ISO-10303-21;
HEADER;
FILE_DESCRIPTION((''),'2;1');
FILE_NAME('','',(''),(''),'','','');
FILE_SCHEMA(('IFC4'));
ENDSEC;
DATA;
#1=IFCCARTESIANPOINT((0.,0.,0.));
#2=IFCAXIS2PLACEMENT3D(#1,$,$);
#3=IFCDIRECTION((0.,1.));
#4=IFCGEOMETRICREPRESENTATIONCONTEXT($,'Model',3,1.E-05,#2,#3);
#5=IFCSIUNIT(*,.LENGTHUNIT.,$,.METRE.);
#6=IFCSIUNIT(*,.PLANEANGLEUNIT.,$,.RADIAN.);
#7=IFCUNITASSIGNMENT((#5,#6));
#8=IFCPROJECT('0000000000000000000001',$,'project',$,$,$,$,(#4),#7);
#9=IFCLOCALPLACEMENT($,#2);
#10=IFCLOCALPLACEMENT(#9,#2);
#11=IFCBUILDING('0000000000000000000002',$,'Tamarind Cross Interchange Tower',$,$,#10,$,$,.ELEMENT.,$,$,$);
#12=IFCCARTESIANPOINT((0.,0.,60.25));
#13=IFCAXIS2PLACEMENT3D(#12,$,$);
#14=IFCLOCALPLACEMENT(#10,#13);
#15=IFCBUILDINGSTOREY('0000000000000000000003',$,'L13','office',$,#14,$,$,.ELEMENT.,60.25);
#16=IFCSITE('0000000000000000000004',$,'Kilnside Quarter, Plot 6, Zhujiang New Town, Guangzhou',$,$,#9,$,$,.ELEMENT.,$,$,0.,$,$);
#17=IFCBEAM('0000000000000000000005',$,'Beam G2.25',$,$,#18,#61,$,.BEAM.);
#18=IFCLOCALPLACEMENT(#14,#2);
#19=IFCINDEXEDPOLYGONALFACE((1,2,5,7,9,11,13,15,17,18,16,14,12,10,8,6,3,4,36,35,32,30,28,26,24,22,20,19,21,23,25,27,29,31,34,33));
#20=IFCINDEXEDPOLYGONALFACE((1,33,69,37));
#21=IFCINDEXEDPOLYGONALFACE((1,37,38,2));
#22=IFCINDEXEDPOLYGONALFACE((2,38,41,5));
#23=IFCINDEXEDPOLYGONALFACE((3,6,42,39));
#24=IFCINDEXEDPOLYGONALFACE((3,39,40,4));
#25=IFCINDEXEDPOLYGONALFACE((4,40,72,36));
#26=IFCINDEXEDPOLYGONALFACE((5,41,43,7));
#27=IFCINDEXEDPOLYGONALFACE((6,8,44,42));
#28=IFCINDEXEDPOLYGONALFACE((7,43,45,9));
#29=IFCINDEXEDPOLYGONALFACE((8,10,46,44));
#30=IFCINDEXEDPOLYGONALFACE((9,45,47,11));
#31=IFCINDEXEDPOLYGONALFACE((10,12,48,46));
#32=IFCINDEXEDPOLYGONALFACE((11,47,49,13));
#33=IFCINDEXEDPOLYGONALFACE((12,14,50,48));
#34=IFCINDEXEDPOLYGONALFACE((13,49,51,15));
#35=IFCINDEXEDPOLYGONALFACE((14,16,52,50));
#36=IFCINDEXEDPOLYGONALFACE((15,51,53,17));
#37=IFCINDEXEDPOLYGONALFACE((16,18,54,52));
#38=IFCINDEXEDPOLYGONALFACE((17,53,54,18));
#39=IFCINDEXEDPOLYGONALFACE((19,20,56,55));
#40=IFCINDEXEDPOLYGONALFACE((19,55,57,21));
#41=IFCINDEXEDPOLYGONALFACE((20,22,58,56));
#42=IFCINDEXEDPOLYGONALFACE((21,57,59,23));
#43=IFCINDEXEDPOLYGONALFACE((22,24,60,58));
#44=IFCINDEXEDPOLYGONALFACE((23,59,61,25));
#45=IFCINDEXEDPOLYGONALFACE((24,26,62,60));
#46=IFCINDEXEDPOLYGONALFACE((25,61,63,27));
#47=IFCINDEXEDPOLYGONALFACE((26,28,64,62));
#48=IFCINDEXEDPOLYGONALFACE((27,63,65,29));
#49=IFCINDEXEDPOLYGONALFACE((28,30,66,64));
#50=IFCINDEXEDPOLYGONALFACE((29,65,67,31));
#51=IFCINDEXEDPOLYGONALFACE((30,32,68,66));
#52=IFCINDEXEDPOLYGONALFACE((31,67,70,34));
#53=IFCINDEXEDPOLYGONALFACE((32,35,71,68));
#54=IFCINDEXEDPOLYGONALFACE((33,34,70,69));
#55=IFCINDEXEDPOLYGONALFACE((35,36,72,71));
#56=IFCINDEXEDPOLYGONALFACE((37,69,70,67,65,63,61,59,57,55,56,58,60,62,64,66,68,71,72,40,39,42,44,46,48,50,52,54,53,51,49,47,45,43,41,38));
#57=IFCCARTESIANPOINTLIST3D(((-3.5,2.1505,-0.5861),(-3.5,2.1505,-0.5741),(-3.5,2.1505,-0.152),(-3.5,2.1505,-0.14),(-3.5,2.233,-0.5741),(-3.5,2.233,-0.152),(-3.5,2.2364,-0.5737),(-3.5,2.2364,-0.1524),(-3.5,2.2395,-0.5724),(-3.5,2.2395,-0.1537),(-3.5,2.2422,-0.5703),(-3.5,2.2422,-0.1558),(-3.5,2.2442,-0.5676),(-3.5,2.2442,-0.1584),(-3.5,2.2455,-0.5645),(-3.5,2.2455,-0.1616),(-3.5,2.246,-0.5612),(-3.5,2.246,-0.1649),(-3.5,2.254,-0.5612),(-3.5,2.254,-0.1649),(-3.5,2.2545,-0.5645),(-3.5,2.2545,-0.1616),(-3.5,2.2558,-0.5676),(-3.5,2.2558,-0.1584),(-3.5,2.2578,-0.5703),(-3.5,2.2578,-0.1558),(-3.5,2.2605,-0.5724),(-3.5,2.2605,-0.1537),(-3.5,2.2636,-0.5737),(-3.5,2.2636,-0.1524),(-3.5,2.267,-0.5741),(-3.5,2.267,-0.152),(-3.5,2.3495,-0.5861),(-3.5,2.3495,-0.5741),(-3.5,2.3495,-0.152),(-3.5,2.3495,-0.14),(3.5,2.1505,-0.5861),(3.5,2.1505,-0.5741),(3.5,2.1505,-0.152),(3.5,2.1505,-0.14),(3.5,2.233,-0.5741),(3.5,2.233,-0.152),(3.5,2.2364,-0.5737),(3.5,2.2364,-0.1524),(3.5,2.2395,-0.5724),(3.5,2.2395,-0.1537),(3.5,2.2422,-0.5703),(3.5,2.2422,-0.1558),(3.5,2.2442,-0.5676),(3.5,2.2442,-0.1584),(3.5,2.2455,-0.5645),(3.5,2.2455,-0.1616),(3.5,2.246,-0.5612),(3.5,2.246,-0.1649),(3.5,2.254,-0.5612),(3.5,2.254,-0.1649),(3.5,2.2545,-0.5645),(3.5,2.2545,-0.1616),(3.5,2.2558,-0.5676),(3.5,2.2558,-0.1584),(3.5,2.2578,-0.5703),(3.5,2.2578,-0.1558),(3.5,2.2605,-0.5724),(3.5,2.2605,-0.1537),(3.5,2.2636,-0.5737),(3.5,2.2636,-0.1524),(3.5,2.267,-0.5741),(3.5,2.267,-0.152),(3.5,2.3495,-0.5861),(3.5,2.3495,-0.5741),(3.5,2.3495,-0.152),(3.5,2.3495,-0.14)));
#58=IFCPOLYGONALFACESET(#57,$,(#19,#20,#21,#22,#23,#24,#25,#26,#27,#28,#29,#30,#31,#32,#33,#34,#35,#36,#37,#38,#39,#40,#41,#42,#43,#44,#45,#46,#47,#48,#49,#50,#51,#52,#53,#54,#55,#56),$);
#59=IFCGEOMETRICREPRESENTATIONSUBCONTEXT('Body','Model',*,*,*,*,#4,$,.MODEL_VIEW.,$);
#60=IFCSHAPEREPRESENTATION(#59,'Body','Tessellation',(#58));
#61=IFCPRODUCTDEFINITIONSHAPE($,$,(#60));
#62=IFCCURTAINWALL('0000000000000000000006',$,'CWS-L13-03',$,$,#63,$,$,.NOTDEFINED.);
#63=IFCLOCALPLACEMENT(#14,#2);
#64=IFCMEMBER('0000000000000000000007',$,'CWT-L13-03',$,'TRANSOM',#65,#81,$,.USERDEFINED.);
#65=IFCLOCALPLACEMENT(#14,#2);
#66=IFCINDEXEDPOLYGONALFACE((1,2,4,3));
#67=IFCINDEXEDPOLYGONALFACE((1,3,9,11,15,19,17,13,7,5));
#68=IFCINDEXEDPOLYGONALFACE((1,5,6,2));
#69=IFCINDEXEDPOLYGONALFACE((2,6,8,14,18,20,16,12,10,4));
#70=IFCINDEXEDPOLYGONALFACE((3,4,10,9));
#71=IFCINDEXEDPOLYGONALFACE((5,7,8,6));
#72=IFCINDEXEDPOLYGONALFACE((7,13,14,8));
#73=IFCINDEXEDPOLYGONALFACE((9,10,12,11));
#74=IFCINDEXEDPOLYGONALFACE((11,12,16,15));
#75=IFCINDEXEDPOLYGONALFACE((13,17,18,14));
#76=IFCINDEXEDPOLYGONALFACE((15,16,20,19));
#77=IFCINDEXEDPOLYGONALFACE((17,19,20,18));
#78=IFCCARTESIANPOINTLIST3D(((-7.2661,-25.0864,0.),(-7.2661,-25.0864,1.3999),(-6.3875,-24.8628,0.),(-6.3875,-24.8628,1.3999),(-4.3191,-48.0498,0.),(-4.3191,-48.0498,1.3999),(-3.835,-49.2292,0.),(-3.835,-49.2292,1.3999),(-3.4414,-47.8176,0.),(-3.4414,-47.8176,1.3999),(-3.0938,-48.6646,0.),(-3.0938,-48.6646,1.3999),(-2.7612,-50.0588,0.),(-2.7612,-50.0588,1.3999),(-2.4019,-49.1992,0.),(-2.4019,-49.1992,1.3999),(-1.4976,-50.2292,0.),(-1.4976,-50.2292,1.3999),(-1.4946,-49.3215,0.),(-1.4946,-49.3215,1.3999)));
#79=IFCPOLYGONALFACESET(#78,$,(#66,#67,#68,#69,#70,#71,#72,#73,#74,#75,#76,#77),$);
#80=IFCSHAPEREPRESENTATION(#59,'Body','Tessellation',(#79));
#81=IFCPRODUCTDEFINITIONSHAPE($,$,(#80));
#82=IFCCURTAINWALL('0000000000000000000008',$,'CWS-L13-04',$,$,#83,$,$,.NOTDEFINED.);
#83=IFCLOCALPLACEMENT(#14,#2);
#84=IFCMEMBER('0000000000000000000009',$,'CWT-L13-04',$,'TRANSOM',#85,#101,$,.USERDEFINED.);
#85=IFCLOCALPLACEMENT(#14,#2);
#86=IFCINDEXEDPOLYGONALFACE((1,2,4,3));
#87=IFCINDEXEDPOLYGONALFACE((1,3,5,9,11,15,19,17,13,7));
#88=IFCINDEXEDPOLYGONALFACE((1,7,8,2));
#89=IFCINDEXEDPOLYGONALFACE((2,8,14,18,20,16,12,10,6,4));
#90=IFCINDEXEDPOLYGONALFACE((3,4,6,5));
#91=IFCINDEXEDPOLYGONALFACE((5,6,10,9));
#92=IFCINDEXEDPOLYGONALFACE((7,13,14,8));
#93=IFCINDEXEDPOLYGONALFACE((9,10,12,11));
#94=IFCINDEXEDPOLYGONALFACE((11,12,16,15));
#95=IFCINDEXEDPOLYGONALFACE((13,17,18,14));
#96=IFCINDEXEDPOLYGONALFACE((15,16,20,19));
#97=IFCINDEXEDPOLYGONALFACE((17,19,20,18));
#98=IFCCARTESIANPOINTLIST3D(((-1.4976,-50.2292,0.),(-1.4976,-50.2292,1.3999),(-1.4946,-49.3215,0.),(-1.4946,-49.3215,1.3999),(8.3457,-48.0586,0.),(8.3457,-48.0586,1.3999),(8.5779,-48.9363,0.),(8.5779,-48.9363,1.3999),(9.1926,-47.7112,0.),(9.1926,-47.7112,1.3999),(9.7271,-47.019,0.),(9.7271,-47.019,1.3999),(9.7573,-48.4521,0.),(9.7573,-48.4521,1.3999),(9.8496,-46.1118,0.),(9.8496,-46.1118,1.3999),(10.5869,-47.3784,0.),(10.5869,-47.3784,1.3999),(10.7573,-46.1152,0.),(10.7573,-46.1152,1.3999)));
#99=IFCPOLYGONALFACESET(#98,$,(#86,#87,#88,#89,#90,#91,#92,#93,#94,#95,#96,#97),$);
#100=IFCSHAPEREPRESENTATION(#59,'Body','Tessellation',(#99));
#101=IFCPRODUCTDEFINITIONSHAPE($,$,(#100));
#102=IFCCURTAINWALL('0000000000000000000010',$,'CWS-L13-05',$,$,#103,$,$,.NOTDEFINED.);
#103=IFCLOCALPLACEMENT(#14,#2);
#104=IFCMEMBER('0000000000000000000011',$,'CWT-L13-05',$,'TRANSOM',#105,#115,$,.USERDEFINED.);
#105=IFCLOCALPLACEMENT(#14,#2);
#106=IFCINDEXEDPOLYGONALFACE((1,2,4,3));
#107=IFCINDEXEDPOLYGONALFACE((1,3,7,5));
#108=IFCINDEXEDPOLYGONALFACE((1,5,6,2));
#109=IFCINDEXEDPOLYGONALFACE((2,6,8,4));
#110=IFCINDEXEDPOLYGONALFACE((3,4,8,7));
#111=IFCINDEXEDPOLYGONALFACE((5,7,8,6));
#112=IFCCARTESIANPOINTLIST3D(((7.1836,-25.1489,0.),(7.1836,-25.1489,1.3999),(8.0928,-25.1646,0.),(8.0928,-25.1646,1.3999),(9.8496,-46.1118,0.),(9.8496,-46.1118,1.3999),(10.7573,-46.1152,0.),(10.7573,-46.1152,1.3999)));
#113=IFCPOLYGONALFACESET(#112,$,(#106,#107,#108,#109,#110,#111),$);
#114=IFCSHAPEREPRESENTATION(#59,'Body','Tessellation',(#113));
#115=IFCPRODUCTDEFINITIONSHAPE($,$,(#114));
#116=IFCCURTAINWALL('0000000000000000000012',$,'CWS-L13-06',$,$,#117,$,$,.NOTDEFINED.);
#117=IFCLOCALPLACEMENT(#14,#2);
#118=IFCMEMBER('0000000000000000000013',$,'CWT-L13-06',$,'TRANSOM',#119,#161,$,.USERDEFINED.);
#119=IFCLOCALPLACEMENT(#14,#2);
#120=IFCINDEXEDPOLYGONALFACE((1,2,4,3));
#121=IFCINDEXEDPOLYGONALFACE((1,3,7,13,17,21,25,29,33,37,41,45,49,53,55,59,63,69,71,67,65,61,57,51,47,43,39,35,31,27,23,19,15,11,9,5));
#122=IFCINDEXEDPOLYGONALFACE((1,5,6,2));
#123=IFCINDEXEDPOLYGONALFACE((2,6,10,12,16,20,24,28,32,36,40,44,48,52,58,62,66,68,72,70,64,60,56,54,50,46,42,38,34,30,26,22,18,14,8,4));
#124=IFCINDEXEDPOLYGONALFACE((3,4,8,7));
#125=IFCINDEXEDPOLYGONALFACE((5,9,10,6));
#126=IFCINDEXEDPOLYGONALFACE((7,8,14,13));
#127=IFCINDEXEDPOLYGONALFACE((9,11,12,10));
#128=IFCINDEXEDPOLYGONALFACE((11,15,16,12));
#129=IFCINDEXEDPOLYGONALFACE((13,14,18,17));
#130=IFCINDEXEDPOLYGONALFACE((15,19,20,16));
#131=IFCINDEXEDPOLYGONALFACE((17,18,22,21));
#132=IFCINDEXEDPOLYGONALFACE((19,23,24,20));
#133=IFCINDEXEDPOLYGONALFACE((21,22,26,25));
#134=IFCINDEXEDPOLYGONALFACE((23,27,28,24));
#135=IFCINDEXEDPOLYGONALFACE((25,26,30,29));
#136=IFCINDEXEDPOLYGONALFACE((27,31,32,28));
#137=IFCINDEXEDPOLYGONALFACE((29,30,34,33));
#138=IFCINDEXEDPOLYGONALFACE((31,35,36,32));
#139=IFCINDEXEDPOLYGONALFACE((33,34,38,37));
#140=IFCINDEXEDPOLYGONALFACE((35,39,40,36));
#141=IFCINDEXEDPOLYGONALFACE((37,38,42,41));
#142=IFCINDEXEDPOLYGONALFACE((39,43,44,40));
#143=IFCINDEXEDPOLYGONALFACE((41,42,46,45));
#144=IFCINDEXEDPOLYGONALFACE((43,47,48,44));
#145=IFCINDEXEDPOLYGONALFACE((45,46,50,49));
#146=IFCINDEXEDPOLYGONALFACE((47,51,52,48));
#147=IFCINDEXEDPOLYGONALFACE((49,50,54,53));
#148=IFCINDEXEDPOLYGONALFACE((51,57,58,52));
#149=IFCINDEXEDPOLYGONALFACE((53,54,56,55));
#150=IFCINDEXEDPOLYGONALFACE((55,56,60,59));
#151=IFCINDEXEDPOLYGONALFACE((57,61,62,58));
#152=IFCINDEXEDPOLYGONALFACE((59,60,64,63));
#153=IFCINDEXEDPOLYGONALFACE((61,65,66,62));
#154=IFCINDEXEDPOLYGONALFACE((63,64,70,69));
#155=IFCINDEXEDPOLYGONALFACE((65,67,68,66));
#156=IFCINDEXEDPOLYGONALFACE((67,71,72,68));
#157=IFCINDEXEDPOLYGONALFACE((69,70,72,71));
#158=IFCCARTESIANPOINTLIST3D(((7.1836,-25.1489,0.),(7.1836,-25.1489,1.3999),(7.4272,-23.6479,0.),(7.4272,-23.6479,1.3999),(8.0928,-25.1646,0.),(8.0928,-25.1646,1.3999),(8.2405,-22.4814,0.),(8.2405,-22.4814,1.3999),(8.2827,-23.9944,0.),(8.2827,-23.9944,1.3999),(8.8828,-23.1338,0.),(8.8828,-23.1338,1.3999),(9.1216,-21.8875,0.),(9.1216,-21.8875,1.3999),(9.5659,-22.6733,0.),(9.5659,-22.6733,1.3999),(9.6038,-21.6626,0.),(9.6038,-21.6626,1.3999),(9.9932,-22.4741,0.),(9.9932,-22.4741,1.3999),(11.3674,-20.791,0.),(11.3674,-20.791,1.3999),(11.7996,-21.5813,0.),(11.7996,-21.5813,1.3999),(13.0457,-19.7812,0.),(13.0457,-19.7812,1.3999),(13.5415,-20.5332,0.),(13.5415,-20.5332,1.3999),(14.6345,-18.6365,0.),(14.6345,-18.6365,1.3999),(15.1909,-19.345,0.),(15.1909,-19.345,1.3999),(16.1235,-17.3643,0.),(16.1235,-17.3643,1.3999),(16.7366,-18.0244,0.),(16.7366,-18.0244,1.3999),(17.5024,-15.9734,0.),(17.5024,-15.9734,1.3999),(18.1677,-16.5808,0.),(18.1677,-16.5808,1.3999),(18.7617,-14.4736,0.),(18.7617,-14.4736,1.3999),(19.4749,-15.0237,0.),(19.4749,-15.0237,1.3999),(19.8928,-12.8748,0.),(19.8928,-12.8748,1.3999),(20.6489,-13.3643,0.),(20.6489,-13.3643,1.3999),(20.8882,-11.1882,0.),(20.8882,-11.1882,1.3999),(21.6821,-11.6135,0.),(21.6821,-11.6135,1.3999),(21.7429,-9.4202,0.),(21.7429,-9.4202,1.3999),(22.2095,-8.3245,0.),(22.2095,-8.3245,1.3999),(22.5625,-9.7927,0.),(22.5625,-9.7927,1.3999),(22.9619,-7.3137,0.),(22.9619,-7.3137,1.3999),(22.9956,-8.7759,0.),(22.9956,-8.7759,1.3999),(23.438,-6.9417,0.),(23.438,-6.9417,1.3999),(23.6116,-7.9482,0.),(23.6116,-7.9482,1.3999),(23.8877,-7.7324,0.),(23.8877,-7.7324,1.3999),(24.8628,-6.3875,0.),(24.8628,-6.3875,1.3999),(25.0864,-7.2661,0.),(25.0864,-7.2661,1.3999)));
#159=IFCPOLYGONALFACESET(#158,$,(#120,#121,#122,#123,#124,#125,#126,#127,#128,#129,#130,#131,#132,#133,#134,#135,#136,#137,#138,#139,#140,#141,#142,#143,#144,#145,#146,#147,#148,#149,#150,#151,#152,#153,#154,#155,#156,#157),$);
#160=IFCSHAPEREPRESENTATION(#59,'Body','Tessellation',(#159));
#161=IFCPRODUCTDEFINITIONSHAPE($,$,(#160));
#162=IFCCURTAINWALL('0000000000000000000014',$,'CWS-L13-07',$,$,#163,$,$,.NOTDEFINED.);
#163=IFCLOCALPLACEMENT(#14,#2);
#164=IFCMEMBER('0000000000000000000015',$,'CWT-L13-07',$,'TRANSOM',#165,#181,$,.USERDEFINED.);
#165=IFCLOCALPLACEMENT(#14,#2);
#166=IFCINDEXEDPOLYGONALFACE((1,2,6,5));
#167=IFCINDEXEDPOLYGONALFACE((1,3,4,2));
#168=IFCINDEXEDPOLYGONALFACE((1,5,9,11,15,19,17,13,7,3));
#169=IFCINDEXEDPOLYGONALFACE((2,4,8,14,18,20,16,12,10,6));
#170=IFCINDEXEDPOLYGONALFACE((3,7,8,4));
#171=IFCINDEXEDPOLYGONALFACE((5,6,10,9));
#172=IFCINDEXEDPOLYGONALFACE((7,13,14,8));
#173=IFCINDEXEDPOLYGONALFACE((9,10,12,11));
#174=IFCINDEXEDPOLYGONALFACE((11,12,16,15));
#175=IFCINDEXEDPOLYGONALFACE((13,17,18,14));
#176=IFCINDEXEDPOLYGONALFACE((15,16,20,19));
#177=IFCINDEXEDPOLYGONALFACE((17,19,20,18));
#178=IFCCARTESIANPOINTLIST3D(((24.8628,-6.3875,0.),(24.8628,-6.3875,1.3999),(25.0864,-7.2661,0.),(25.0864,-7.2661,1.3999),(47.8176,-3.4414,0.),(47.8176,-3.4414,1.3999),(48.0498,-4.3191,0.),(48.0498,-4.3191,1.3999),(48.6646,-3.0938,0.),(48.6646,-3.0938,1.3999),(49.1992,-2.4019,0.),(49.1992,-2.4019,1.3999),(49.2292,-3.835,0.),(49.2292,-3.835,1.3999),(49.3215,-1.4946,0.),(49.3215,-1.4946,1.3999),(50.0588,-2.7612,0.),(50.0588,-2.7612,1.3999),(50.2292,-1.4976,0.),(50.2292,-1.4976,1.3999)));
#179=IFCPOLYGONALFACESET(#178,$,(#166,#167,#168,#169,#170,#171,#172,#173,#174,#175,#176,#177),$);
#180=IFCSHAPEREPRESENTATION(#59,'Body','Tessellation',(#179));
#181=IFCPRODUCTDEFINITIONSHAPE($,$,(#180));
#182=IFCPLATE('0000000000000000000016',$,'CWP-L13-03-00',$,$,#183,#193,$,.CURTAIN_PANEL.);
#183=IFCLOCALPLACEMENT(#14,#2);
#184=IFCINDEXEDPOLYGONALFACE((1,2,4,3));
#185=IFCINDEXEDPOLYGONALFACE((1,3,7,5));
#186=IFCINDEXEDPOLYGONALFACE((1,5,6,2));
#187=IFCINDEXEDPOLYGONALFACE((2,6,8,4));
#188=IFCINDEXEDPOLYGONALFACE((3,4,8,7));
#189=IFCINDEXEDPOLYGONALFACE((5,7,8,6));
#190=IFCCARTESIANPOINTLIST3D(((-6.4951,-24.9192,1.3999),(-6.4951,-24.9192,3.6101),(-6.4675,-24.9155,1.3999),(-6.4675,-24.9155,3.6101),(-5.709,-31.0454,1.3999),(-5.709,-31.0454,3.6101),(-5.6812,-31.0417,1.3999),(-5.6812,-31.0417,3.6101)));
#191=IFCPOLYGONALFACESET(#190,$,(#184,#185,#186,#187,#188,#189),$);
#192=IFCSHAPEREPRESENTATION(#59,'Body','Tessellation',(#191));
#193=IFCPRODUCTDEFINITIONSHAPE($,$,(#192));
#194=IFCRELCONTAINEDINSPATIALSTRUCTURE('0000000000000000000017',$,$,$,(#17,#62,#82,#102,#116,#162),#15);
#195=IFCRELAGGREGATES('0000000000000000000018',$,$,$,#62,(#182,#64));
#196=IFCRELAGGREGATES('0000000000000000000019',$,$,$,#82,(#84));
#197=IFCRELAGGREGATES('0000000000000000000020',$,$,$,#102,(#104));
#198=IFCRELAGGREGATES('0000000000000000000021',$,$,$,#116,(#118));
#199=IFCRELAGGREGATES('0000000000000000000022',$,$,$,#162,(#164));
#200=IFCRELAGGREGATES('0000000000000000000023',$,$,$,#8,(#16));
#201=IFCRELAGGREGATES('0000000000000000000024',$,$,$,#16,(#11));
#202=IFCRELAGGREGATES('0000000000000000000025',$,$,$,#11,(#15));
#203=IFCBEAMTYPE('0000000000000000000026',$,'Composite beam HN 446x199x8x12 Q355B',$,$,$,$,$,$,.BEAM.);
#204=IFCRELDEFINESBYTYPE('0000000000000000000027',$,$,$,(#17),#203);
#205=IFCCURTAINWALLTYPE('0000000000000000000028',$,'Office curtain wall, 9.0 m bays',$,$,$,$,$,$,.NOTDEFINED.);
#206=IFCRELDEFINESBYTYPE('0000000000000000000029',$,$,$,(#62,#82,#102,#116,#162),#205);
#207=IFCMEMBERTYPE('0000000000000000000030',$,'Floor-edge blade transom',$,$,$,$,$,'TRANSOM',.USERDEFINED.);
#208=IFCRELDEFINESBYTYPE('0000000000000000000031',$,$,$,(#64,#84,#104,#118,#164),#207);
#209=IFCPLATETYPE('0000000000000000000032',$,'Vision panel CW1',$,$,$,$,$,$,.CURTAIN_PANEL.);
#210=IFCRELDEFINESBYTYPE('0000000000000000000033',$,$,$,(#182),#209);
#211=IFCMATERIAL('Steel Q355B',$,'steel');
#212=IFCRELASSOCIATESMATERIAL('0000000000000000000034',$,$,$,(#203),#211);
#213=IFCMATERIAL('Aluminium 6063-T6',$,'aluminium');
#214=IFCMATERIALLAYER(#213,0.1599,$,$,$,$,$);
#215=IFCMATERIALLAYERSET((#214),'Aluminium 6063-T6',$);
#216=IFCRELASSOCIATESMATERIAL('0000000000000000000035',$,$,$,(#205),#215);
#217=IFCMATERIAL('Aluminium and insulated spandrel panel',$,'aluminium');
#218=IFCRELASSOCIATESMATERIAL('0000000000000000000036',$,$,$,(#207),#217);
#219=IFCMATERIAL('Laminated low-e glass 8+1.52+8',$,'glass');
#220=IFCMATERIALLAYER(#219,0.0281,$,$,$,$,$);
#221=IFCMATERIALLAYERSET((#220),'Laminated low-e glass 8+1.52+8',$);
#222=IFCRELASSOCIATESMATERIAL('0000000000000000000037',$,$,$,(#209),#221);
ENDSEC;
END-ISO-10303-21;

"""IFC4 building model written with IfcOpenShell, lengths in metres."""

from ifc_helpers import new_model, si_unit, direction, frame, origin, origin_2d, place, context, subcontext, project, spatial, polyline, i_section, outline, extrude, material, layer, layer_set, material_profile, profile_set, type_object, element, aggregate, save


model = new_model("IFC4")

# Units and contexts
model_context = context("Model", 3, precision=1e-05, world=origin(), true_north=direction((0.0, 1.0)))
body_context = subcontext(model_context, "Body", "Model", "MODEL_VIEW")
ifc_project = project(units=[si_unit("LENGTHUNIT", "METRE"), si_unit("PLANEANGLEUNIT", "RADIAN")], contexts=[model_context])

# Site, building, storey
site_placement = place(None, origin())
site = spatial("IfcSite", under=ifc_project, at=site_placement, Name="Kilnside Quarter, Plot 6, Zhujiang New Town, Guangzhou", CompositionType="ELEMENT", RefElevation=0.0)
building_placement = place(site_placement, origin())
building = spatial("IfcBuilding", under=site, at=building_placement, Name="Tamarind Cross Interchange Tower", CompositionType="ELEMENT")
storey_placement = place(building_placement, frame((0.0, 0.0, 60.25)))
storey = spatial("IfcBuildingStorey", under=building, at=storey_placement, Name="L13", Description="office", CompositionType="ELEMENT", Elevation=60.25)

# Beam
ifc_material_1 = material(Name="Steel Q355B", Category="steel")
ifc_material_profile = material_profile(ifc_material_1, i_section(OverallWidth=0.199, OverallDepth=0.446, WebThickness=0.0081, FlangeThickness=0.012, FilletRadius=0.0129, at=origin_2d()), Name="HN 446x199x8x12")
ifc_profile_set = profile_set([ifc_material_profile], Name="Steel Q355B")
beam_type = type_object("IfcBeamType", Name="Composite beam HN 446x199x8x12 Q355B", PredefinedType="BEAM", material=ifc_profile_set)
beam_placement = place(storey_placement, frame((-3.5, 2.25, -0.363), z_axis=(1.0, 0.0, 0.0), x_axis=(0.0, 1.0, 0.0)))
element("IfcBeam", 1, at=beam_placement, inside=storey, type_object=beam_type, Name="Beam G2.25", PredefinedType="BEAM", context=body_context, shape_type="SweptSolid", body=[
    extrude(i_section(OverallWidth=0.199, OverallDepth=0.446, WebThickness=0.0081, FlangeThickness=0.012, FilletRadius=0.0129, at=origin_2d()), origin(), (0.0, 0.0, 1.0), 7.0),
])

# Curtain walls, members
ifc_material_2 = material(Name="Aluminium 6063-T6", Category="aluminium")
ifc_layer_1 = layer(ifc_material_2, 0.1599)
ifc_layer_set_1 = layer_set([ifc_layer_1], Name="Aluminium 6063-T6")
curtain_wall_type = type_object("IfcCurtainWallType", Name="Office curtain wall, 9.0 m bays", PredefinedType="NOTDEFINED", material=ifc_layer_set_1)
curtain_wall_1_placement = place(storey_placement, origin())
curtain_wall_1 = element("IfcCurtainWall", 2, at=curtain_wall_1_placement, inside=storey, type_object=curtain_wall_type, Name="CWS-L13-03", PredefinedType="NOTDEFINED")
ifc_material_3 = material(Name="Aluminium and insulated spandrel panel", Category="aluminium")
member_type = type_object("IfcMemberType", Name="Floor-edge blade transom", ElementType="TRANSOM", PredefinedType="USERDEFINED", material=ifc_material_3)
member_1_placement = place(storey_placement, origin())
member_1 = element("IfcMember", 3, at=member_1_placement, type_object=member_type, Name="CWT-L13-03", ObjectType="TRANSOM", PredefinedType="USERDEFINED", context=body_context, shape_type="SweptSolid", body=[
    extrude(outline(polyline([(-6.3875, -24.8628), (-3.4414, -47.8176), (-3.0938, -48.6646), (-2.4019, -49.1992), (-1.4946, -49.3215), (-1.4976, -50.2292), (-2.7612, -50.0588), (-3.835, -49.2292), (-4.3191, -48.0498), (-7.2661, -25.0864), (-6.3875, -24.8628)])), origin(), (0.0, 0.0, 1.0), 1.3999),
])
curtain_wall_2_placement = place(storey_placement, origin())
curtain_wall_2 = element("IfcCurtainWall", 4, at=curtain_wall_2_placement, inside=storey, type_object=curtain_wall_type, Name="CWS-L13-04", PredefinedType="NOTDEFINED")
member_2_placement = place(storey_placement, origin())
member_2 = element("IfcMember", 5, at=member_2_placement, type_object=member_type, Name="CWT-L13-04", ObjectType="TRANSOM", PredefinedType="USERDEFINED", context=body_context, shape_type="SweptSolid", body=[
    extrude(outline(polyline([(-1.4946, -49.3215), (8.3457, -48.0586), (9.1926, -47.7112), (9.7271, -47.019), (9.8496, -46.1118), (10.7573, -46.1152), (10.5869, -47.3784), (9.7573, -48.4521), (8.5779, -48.9363), (-1.4976, -50.2292), (-1.4946, -49.3215)])), origin(), (0.0, 0.0, 1.0), 1.3999),
])
curtain_wall_3_placement = place(storey_placement, origin())
curtain_wall_3 = element("IfcCurtainWall", 6, at=curtain_wall_3_placement, inside=storey, type_object=curtain_wall_type, Name="CWS-L13-05", PredefinedType="NOTDEFINED")
member_3_placement = place(storey_placement, origin())
member_3 = element("IfcMember", 7, at=member_3_placement, type_object=member_type, Name="CWT-L13-05", ObjectType="TRANSOM", PredefinedType="USERDEFINED", context=body_context, shape_type="SweptSolid", body=[
    extrude(outline(polyline([(9.8496, -46.1118), (7.1836, -25.1489), (8.0928, -25.1646), (10.7573, -46.1152), (9.8496, -46.1118)])), origin(), (0.0, 0.0, 1.0), 1.3999),
])
curtain_wall_4_placement = place(storey_placement, origin())
curtain_wall_4 = element("IfcCurtainWall", 8, at=curtain_wall_4_placement, inside=storey, type_object=curtain_wall_type, Name="CWS-L13-06", PredefinedType="NOTDEFINED")
member_4_placement = place(storey_placement, origin())
member_4 = element("IfcMember", 9, at=member_4_placement, type_object=member_type, Name="CWT-L13-06", ObjectType="TRANSOM", PredefinedType="USERDEFINED", context=body_context, shape_type="SweptSolid", body=[
    extrude(outline(polyline([(7.1836, -25.1489), (7.4272, -23.6479), (8.2405, -22.4814), (9.1216, -21.8875), (9.6038, -21.6626), (11.3674, -20.791), (13.0457, -19.7812), (14.6345, -18.6365), (16.1235, -17.3643), (17.5024, -15.9734), (18.7617, -14.4736), (19.8928, -12.8748), (20.8882, -11.1882), (21.7429, -9.4202), (22.2095, -8.3245), (22.9619, -7.3137), (23.438, -6.9417), (24.8628, -6.3875), (25.0864, -7.2661), (23.8877, -7.7324), (23.6116, -7.9482), (22.9956, -8.7759), (22.5625, -9.7927), (21.6821, -11.6135), (20.6489, -13.3643), (19.4749, -15.0237), (18.1677, -16.5808), (16.7366, -18.0244), (15.1909, -19.345), (13.5415, -20.5332), (11.7996, -21.5813), (9.9932, -22.4741), (9.5659, -22.6733), (8.8828, -23.1338), (8.2827, -23.9944), (8.0928, -25.1646), (7.1836, -25.1489)])), origin(), (0.0, 0.0, 1.0), 1.3999),
])
curtain_wall_5_placement = place(storey_placement, origin())
curtain_wall_5 = element("IfcCurtainWall", 10, at=curtain_wall_5_placement, inside=storey, type_object=curtain_wall_type, Name="CWS-L13-07", PredefinedType="NOTDEFINED")
member_5_placement = place(storey_placement, origin())
member_5 = element("IfcMember", 11, at=member_5_placement, type_object=member_type, Name="CWT-L13-07", ObjectType="TRANSOM", PredefinedType="USERDEFINED", context=body_context, shape_type="SweptSolid", body=[
    extrude(outline(polyline([(24.8628, -6.3875), (47.8176, -3.4414), (48.6646, -3.0938), (49.1992, -2.4019), (49.3215, -1.4946), (50.2292, -1.4976), (50.0588, -2.7612), (49.2292, -3.835), (48.0498, -4.3191), (25.0864, -7.2661), (24.8628, -6.3875)])), origin(), (0.0, 0.0, 1.0), 1.3999),
])

# Plate
ifc_material_4 = material(Name="Laminated low-e glass 8+1.52+8", Category="glass")
ifc_layer_2 = layer(ifc_material_4, 0.0281)
ifc_layer_set_2 = layer_set([ifc_layer_2], Name="Laminated low-e glass 8+1.52+8")
plate_type = type_object("IfcPlateType", Name="Vision panel CW1", PredefinedType="CURTAIN_PANEL", material=ifc_layer_set_2)
plate_1_placement = place(storey_placement, frame((0.0, 0.0, 1.3999)))
plate_1 = element("IfcPlate", 12, at=plate_1_placement, type_object=plate_type, Name="CWP-L13-03-00", PredefinedType="CURTAIN_PANEL", context=body_context, shape_type="SweptSolid", body=[
    extrude(outline(polyline([(-6.4675, -24.9155), (-5.6812, -31.0417), (-5.709, -31.0454), (-6.4951, -24.9192), (-6.4675, -24.9155)])), origin(), (0.0, 0.0, 1.0), 2.2102),
])
aggregate(curtain_wall_1, [plate_1, member_1])
aggregate(curtain_wall_2, [member_2])
aggregate(curtain_wall_3, [member_3])
aggregate(curtain_wall_4, [member_4])
aggregate(curtain_wall_5, [member_5])

save(model, "model.ifc")
